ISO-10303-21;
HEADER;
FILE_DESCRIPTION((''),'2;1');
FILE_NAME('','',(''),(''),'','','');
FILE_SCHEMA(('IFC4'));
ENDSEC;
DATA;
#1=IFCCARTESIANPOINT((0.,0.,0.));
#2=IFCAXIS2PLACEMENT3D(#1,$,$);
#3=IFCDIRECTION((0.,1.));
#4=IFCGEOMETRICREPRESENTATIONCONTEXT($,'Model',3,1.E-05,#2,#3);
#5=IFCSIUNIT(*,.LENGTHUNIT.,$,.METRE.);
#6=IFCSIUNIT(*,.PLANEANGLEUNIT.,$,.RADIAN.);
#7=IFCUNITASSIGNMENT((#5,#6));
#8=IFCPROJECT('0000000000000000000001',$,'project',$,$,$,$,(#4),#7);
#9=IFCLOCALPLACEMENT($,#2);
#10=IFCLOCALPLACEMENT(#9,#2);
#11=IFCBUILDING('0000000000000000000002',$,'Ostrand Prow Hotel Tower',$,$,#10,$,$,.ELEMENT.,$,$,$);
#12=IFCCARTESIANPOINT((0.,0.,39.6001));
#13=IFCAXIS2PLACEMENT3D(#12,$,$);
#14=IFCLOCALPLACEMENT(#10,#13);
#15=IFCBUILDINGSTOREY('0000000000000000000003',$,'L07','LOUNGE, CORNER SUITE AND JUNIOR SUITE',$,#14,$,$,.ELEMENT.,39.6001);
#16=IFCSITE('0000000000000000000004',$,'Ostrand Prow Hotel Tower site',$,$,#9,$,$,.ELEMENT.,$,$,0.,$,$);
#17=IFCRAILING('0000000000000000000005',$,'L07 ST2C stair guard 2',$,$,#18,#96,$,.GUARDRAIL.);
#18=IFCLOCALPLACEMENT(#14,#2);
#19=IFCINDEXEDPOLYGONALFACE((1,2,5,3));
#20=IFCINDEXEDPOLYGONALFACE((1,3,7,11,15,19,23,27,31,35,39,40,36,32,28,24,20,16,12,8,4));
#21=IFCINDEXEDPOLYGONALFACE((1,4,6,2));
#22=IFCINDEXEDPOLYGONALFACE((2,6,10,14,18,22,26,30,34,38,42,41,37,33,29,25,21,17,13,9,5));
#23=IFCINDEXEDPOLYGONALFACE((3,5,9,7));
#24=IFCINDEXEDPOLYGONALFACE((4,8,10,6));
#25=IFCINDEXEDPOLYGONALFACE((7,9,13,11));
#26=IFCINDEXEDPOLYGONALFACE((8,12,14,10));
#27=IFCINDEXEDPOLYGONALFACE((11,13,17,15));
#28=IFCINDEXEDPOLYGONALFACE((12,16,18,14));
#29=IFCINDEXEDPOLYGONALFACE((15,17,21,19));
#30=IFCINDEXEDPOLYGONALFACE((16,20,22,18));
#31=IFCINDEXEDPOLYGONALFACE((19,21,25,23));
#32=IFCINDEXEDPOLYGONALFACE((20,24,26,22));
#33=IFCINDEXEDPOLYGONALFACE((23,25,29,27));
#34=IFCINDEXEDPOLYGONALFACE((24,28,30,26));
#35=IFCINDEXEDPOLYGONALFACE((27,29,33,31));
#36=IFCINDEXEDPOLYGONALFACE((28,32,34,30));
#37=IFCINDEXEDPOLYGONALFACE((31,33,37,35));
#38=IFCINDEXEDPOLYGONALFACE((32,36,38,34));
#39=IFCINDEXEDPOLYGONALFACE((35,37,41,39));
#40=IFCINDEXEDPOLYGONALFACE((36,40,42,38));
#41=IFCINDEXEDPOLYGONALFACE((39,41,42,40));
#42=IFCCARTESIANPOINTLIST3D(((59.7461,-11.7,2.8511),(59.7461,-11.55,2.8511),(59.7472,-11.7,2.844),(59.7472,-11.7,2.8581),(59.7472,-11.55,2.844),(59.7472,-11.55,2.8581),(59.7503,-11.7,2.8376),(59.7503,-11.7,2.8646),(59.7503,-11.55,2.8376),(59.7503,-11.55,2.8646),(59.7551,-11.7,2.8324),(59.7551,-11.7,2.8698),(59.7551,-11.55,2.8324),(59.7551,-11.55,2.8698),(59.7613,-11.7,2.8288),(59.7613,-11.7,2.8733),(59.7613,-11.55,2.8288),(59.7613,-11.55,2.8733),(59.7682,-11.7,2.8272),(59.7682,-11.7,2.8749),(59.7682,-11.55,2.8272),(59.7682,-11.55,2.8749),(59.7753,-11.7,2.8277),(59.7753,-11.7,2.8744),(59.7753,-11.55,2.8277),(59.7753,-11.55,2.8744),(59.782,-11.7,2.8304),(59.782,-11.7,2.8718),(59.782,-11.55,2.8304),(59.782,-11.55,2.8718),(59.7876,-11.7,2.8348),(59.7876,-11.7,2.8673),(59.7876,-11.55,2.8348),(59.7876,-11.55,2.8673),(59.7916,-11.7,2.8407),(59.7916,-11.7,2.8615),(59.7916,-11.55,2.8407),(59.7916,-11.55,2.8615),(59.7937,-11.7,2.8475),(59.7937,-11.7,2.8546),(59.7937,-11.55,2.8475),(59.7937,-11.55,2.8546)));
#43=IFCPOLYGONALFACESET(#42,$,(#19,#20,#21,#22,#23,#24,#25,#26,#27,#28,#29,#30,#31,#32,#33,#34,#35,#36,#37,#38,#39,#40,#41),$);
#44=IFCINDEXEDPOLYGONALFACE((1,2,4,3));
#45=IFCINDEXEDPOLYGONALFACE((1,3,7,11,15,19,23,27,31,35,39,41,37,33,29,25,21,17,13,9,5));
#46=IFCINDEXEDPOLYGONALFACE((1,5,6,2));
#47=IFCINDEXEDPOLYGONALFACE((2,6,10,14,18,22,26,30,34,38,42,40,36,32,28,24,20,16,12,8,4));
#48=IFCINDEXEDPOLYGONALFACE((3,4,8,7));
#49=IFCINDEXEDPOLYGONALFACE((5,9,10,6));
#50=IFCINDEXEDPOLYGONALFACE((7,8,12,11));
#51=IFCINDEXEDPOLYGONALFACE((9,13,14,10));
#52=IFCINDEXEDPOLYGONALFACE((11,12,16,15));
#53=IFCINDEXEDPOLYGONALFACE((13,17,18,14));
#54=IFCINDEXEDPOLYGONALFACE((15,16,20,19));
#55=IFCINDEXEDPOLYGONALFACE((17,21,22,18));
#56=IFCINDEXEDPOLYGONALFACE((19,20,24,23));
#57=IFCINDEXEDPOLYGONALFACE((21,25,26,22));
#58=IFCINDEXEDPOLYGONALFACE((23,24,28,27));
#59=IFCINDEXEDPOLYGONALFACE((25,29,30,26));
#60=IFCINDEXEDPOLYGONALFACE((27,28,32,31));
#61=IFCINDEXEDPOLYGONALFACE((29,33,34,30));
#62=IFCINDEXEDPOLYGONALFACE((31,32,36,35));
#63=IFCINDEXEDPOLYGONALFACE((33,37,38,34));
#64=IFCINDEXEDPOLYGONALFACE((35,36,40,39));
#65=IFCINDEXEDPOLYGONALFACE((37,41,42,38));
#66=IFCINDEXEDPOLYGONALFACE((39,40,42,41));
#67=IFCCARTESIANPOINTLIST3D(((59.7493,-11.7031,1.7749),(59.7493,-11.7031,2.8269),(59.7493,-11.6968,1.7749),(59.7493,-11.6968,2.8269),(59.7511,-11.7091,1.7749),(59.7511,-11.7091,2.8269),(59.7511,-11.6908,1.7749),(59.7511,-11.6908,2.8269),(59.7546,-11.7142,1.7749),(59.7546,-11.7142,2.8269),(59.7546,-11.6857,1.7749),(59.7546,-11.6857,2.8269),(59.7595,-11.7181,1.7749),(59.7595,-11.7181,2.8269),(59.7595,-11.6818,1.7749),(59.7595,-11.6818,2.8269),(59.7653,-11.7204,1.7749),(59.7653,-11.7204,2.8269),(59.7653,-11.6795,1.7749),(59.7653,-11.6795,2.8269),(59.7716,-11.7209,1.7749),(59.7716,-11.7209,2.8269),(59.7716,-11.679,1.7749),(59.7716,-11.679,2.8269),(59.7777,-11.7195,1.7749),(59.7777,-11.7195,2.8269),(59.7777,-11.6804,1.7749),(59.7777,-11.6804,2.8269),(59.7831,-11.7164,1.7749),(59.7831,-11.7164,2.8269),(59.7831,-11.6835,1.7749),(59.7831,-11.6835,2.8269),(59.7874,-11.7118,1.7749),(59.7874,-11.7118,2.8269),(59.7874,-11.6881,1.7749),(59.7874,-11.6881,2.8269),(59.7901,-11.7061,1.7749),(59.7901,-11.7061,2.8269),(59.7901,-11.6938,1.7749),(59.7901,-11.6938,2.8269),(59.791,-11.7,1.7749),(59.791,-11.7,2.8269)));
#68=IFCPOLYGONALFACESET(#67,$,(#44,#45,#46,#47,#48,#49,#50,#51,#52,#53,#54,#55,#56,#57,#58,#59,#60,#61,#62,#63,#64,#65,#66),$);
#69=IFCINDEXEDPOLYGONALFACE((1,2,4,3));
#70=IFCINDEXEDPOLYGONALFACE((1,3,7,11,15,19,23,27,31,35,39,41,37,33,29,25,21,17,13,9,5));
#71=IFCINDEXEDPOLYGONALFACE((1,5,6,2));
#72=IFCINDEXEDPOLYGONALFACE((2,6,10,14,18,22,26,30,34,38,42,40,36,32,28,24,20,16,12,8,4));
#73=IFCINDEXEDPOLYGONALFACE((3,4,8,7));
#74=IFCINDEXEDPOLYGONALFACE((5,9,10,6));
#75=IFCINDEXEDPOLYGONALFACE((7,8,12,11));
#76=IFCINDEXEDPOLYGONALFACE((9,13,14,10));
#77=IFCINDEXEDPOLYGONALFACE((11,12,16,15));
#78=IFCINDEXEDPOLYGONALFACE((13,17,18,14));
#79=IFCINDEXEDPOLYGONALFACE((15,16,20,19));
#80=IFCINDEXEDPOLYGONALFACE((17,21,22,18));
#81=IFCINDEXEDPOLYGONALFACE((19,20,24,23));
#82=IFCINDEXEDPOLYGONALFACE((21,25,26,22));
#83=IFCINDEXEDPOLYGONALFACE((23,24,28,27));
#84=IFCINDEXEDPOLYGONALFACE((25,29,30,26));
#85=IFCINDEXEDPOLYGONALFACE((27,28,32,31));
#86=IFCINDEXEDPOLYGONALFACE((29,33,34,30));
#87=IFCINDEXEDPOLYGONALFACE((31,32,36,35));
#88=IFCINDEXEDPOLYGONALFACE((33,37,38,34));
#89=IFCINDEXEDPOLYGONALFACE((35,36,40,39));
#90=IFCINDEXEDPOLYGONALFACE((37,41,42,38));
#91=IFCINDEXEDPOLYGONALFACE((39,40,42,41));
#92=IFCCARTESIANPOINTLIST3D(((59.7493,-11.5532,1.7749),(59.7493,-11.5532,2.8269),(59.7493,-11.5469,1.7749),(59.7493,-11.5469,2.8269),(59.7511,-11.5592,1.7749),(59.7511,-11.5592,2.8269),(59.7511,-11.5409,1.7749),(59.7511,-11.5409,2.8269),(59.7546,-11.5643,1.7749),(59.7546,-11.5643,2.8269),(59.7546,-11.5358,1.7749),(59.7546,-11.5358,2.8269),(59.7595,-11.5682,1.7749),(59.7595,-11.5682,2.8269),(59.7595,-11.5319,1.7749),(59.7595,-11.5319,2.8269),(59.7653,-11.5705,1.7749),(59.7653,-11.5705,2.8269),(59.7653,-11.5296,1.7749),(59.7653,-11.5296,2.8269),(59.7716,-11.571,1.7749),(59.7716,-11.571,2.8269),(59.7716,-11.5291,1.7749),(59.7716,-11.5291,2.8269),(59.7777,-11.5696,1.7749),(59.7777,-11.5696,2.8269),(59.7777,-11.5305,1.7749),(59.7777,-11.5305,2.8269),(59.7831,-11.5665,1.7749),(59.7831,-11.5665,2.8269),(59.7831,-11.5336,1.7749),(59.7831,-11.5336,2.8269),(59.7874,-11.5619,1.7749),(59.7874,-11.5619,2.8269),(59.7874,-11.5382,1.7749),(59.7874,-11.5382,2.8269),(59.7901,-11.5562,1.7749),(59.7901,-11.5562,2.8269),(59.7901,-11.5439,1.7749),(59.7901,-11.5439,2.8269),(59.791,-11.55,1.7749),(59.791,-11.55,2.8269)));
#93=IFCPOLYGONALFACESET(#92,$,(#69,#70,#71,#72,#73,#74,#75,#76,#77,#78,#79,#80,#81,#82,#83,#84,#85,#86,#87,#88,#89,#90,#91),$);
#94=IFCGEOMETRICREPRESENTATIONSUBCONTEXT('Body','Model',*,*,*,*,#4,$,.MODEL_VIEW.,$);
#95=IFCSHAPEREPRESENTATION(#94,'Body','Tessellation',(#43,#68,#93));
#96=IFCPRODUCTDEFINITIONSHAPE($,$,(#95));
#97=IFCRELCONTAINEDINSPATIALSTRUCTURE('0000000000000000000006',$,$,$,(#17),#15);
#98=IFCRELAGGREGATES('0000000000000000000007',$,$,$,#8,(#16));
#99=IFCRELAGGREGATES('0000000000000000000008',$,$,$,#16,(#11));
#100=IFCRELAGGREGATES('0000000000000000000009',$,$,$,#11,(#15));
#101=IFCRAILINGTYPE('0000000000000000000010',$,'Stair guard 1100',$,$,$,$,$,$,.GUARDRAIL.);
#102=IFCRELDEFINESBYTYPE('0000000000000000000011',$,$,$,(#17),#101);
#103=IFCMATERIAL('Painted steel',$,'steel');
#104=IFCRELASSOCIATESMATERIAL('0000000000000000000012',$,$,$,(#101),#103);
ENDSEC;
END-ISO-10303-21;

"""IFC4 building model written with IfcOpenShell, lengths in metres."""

from ifc_helpers import new_model, si_unit, direction, frame, origin, origin_2d, place, context, subcontext, project, spatial, circle, extrude, material, type_object, element, save


model = new_model("IFC4")

# Units and contexts
model_context = context("Model", 3, precision=1e-05, world=origin(), true_north=direction((0.0, 1.0)))
body_context = subcontext(model_context, "Body", "Model", "MODEL_VIEW")
ifc_project = project(units=[si_unit("LENGTHUNIT", "METRE"), si_unit("PLANEANGLEUNIT", "RADIAN")], contexts=[model_context])

# Site, building, storey
site_placement = place(None, origin())
site = spatial("IfcSite", under=ifc_project, at=site_placement, Name="Ostrand Prow Hotel Tower site", CompositionType="ELEMENT", RefElevation=0.0)
building_placement = place(site_placement, origin())
building = spatial("IfcBuilding", under=site, at=building_placement, Name="Ostrand Prow Hotel Tower", CompositionType="ELEMENT")
storey_placement = place(building_placement, frame((0.0, 0.0, 39.6001)))
storey = spatial("IfcBuildingStorey", under=building, at=storey_placement, Name="L07", Description="LOUNGE, CORNER SUITE AND JUNIOR SUITE", CompositionType="ELEMENT", Elevation=39.6001)

# Railing
ifc_material_1 = material(Name="Painted steel", Category="steel")
railing_type_1 = type_object("IfcRailingType", Name="Stair guard 1100", PredefinedType="GUARDRAIL", material=ifc_material_1)
railing_1_placement = place(storey_placement, frame((59.77, -11.7, 1.7749)))
element("IfcRailing", 1, at=railing_1_placement, inside=storey, type_object=railing_type_1, Name="L07 ST2C stair guard 2", PredefinedType="GUARDRAIL", context=body_context, shape_type="SweptSolid", body=[
    extrude(circle(Radius=0.0239, at=origin_2d()), frame((0.0, 0.0, 1.0762), z_axis=(0.0, 1.0, 0.0), x_axis=(-1.0, 0.0, 0.0)), (0.0, 0.0, 1.0), 0.1499),
    extrude(circle(Radius=0.021, at=origin_2d()), origin(), (0.0, 0.0, 1.0), 1.052),
    extrude(circle(Radius=0.021, at=origin_2d()), frame((0.0, 0.1499, 0.0)), (0.0, 0.0, 1.0), 1.052),
])

save(model, "model.ifc")
